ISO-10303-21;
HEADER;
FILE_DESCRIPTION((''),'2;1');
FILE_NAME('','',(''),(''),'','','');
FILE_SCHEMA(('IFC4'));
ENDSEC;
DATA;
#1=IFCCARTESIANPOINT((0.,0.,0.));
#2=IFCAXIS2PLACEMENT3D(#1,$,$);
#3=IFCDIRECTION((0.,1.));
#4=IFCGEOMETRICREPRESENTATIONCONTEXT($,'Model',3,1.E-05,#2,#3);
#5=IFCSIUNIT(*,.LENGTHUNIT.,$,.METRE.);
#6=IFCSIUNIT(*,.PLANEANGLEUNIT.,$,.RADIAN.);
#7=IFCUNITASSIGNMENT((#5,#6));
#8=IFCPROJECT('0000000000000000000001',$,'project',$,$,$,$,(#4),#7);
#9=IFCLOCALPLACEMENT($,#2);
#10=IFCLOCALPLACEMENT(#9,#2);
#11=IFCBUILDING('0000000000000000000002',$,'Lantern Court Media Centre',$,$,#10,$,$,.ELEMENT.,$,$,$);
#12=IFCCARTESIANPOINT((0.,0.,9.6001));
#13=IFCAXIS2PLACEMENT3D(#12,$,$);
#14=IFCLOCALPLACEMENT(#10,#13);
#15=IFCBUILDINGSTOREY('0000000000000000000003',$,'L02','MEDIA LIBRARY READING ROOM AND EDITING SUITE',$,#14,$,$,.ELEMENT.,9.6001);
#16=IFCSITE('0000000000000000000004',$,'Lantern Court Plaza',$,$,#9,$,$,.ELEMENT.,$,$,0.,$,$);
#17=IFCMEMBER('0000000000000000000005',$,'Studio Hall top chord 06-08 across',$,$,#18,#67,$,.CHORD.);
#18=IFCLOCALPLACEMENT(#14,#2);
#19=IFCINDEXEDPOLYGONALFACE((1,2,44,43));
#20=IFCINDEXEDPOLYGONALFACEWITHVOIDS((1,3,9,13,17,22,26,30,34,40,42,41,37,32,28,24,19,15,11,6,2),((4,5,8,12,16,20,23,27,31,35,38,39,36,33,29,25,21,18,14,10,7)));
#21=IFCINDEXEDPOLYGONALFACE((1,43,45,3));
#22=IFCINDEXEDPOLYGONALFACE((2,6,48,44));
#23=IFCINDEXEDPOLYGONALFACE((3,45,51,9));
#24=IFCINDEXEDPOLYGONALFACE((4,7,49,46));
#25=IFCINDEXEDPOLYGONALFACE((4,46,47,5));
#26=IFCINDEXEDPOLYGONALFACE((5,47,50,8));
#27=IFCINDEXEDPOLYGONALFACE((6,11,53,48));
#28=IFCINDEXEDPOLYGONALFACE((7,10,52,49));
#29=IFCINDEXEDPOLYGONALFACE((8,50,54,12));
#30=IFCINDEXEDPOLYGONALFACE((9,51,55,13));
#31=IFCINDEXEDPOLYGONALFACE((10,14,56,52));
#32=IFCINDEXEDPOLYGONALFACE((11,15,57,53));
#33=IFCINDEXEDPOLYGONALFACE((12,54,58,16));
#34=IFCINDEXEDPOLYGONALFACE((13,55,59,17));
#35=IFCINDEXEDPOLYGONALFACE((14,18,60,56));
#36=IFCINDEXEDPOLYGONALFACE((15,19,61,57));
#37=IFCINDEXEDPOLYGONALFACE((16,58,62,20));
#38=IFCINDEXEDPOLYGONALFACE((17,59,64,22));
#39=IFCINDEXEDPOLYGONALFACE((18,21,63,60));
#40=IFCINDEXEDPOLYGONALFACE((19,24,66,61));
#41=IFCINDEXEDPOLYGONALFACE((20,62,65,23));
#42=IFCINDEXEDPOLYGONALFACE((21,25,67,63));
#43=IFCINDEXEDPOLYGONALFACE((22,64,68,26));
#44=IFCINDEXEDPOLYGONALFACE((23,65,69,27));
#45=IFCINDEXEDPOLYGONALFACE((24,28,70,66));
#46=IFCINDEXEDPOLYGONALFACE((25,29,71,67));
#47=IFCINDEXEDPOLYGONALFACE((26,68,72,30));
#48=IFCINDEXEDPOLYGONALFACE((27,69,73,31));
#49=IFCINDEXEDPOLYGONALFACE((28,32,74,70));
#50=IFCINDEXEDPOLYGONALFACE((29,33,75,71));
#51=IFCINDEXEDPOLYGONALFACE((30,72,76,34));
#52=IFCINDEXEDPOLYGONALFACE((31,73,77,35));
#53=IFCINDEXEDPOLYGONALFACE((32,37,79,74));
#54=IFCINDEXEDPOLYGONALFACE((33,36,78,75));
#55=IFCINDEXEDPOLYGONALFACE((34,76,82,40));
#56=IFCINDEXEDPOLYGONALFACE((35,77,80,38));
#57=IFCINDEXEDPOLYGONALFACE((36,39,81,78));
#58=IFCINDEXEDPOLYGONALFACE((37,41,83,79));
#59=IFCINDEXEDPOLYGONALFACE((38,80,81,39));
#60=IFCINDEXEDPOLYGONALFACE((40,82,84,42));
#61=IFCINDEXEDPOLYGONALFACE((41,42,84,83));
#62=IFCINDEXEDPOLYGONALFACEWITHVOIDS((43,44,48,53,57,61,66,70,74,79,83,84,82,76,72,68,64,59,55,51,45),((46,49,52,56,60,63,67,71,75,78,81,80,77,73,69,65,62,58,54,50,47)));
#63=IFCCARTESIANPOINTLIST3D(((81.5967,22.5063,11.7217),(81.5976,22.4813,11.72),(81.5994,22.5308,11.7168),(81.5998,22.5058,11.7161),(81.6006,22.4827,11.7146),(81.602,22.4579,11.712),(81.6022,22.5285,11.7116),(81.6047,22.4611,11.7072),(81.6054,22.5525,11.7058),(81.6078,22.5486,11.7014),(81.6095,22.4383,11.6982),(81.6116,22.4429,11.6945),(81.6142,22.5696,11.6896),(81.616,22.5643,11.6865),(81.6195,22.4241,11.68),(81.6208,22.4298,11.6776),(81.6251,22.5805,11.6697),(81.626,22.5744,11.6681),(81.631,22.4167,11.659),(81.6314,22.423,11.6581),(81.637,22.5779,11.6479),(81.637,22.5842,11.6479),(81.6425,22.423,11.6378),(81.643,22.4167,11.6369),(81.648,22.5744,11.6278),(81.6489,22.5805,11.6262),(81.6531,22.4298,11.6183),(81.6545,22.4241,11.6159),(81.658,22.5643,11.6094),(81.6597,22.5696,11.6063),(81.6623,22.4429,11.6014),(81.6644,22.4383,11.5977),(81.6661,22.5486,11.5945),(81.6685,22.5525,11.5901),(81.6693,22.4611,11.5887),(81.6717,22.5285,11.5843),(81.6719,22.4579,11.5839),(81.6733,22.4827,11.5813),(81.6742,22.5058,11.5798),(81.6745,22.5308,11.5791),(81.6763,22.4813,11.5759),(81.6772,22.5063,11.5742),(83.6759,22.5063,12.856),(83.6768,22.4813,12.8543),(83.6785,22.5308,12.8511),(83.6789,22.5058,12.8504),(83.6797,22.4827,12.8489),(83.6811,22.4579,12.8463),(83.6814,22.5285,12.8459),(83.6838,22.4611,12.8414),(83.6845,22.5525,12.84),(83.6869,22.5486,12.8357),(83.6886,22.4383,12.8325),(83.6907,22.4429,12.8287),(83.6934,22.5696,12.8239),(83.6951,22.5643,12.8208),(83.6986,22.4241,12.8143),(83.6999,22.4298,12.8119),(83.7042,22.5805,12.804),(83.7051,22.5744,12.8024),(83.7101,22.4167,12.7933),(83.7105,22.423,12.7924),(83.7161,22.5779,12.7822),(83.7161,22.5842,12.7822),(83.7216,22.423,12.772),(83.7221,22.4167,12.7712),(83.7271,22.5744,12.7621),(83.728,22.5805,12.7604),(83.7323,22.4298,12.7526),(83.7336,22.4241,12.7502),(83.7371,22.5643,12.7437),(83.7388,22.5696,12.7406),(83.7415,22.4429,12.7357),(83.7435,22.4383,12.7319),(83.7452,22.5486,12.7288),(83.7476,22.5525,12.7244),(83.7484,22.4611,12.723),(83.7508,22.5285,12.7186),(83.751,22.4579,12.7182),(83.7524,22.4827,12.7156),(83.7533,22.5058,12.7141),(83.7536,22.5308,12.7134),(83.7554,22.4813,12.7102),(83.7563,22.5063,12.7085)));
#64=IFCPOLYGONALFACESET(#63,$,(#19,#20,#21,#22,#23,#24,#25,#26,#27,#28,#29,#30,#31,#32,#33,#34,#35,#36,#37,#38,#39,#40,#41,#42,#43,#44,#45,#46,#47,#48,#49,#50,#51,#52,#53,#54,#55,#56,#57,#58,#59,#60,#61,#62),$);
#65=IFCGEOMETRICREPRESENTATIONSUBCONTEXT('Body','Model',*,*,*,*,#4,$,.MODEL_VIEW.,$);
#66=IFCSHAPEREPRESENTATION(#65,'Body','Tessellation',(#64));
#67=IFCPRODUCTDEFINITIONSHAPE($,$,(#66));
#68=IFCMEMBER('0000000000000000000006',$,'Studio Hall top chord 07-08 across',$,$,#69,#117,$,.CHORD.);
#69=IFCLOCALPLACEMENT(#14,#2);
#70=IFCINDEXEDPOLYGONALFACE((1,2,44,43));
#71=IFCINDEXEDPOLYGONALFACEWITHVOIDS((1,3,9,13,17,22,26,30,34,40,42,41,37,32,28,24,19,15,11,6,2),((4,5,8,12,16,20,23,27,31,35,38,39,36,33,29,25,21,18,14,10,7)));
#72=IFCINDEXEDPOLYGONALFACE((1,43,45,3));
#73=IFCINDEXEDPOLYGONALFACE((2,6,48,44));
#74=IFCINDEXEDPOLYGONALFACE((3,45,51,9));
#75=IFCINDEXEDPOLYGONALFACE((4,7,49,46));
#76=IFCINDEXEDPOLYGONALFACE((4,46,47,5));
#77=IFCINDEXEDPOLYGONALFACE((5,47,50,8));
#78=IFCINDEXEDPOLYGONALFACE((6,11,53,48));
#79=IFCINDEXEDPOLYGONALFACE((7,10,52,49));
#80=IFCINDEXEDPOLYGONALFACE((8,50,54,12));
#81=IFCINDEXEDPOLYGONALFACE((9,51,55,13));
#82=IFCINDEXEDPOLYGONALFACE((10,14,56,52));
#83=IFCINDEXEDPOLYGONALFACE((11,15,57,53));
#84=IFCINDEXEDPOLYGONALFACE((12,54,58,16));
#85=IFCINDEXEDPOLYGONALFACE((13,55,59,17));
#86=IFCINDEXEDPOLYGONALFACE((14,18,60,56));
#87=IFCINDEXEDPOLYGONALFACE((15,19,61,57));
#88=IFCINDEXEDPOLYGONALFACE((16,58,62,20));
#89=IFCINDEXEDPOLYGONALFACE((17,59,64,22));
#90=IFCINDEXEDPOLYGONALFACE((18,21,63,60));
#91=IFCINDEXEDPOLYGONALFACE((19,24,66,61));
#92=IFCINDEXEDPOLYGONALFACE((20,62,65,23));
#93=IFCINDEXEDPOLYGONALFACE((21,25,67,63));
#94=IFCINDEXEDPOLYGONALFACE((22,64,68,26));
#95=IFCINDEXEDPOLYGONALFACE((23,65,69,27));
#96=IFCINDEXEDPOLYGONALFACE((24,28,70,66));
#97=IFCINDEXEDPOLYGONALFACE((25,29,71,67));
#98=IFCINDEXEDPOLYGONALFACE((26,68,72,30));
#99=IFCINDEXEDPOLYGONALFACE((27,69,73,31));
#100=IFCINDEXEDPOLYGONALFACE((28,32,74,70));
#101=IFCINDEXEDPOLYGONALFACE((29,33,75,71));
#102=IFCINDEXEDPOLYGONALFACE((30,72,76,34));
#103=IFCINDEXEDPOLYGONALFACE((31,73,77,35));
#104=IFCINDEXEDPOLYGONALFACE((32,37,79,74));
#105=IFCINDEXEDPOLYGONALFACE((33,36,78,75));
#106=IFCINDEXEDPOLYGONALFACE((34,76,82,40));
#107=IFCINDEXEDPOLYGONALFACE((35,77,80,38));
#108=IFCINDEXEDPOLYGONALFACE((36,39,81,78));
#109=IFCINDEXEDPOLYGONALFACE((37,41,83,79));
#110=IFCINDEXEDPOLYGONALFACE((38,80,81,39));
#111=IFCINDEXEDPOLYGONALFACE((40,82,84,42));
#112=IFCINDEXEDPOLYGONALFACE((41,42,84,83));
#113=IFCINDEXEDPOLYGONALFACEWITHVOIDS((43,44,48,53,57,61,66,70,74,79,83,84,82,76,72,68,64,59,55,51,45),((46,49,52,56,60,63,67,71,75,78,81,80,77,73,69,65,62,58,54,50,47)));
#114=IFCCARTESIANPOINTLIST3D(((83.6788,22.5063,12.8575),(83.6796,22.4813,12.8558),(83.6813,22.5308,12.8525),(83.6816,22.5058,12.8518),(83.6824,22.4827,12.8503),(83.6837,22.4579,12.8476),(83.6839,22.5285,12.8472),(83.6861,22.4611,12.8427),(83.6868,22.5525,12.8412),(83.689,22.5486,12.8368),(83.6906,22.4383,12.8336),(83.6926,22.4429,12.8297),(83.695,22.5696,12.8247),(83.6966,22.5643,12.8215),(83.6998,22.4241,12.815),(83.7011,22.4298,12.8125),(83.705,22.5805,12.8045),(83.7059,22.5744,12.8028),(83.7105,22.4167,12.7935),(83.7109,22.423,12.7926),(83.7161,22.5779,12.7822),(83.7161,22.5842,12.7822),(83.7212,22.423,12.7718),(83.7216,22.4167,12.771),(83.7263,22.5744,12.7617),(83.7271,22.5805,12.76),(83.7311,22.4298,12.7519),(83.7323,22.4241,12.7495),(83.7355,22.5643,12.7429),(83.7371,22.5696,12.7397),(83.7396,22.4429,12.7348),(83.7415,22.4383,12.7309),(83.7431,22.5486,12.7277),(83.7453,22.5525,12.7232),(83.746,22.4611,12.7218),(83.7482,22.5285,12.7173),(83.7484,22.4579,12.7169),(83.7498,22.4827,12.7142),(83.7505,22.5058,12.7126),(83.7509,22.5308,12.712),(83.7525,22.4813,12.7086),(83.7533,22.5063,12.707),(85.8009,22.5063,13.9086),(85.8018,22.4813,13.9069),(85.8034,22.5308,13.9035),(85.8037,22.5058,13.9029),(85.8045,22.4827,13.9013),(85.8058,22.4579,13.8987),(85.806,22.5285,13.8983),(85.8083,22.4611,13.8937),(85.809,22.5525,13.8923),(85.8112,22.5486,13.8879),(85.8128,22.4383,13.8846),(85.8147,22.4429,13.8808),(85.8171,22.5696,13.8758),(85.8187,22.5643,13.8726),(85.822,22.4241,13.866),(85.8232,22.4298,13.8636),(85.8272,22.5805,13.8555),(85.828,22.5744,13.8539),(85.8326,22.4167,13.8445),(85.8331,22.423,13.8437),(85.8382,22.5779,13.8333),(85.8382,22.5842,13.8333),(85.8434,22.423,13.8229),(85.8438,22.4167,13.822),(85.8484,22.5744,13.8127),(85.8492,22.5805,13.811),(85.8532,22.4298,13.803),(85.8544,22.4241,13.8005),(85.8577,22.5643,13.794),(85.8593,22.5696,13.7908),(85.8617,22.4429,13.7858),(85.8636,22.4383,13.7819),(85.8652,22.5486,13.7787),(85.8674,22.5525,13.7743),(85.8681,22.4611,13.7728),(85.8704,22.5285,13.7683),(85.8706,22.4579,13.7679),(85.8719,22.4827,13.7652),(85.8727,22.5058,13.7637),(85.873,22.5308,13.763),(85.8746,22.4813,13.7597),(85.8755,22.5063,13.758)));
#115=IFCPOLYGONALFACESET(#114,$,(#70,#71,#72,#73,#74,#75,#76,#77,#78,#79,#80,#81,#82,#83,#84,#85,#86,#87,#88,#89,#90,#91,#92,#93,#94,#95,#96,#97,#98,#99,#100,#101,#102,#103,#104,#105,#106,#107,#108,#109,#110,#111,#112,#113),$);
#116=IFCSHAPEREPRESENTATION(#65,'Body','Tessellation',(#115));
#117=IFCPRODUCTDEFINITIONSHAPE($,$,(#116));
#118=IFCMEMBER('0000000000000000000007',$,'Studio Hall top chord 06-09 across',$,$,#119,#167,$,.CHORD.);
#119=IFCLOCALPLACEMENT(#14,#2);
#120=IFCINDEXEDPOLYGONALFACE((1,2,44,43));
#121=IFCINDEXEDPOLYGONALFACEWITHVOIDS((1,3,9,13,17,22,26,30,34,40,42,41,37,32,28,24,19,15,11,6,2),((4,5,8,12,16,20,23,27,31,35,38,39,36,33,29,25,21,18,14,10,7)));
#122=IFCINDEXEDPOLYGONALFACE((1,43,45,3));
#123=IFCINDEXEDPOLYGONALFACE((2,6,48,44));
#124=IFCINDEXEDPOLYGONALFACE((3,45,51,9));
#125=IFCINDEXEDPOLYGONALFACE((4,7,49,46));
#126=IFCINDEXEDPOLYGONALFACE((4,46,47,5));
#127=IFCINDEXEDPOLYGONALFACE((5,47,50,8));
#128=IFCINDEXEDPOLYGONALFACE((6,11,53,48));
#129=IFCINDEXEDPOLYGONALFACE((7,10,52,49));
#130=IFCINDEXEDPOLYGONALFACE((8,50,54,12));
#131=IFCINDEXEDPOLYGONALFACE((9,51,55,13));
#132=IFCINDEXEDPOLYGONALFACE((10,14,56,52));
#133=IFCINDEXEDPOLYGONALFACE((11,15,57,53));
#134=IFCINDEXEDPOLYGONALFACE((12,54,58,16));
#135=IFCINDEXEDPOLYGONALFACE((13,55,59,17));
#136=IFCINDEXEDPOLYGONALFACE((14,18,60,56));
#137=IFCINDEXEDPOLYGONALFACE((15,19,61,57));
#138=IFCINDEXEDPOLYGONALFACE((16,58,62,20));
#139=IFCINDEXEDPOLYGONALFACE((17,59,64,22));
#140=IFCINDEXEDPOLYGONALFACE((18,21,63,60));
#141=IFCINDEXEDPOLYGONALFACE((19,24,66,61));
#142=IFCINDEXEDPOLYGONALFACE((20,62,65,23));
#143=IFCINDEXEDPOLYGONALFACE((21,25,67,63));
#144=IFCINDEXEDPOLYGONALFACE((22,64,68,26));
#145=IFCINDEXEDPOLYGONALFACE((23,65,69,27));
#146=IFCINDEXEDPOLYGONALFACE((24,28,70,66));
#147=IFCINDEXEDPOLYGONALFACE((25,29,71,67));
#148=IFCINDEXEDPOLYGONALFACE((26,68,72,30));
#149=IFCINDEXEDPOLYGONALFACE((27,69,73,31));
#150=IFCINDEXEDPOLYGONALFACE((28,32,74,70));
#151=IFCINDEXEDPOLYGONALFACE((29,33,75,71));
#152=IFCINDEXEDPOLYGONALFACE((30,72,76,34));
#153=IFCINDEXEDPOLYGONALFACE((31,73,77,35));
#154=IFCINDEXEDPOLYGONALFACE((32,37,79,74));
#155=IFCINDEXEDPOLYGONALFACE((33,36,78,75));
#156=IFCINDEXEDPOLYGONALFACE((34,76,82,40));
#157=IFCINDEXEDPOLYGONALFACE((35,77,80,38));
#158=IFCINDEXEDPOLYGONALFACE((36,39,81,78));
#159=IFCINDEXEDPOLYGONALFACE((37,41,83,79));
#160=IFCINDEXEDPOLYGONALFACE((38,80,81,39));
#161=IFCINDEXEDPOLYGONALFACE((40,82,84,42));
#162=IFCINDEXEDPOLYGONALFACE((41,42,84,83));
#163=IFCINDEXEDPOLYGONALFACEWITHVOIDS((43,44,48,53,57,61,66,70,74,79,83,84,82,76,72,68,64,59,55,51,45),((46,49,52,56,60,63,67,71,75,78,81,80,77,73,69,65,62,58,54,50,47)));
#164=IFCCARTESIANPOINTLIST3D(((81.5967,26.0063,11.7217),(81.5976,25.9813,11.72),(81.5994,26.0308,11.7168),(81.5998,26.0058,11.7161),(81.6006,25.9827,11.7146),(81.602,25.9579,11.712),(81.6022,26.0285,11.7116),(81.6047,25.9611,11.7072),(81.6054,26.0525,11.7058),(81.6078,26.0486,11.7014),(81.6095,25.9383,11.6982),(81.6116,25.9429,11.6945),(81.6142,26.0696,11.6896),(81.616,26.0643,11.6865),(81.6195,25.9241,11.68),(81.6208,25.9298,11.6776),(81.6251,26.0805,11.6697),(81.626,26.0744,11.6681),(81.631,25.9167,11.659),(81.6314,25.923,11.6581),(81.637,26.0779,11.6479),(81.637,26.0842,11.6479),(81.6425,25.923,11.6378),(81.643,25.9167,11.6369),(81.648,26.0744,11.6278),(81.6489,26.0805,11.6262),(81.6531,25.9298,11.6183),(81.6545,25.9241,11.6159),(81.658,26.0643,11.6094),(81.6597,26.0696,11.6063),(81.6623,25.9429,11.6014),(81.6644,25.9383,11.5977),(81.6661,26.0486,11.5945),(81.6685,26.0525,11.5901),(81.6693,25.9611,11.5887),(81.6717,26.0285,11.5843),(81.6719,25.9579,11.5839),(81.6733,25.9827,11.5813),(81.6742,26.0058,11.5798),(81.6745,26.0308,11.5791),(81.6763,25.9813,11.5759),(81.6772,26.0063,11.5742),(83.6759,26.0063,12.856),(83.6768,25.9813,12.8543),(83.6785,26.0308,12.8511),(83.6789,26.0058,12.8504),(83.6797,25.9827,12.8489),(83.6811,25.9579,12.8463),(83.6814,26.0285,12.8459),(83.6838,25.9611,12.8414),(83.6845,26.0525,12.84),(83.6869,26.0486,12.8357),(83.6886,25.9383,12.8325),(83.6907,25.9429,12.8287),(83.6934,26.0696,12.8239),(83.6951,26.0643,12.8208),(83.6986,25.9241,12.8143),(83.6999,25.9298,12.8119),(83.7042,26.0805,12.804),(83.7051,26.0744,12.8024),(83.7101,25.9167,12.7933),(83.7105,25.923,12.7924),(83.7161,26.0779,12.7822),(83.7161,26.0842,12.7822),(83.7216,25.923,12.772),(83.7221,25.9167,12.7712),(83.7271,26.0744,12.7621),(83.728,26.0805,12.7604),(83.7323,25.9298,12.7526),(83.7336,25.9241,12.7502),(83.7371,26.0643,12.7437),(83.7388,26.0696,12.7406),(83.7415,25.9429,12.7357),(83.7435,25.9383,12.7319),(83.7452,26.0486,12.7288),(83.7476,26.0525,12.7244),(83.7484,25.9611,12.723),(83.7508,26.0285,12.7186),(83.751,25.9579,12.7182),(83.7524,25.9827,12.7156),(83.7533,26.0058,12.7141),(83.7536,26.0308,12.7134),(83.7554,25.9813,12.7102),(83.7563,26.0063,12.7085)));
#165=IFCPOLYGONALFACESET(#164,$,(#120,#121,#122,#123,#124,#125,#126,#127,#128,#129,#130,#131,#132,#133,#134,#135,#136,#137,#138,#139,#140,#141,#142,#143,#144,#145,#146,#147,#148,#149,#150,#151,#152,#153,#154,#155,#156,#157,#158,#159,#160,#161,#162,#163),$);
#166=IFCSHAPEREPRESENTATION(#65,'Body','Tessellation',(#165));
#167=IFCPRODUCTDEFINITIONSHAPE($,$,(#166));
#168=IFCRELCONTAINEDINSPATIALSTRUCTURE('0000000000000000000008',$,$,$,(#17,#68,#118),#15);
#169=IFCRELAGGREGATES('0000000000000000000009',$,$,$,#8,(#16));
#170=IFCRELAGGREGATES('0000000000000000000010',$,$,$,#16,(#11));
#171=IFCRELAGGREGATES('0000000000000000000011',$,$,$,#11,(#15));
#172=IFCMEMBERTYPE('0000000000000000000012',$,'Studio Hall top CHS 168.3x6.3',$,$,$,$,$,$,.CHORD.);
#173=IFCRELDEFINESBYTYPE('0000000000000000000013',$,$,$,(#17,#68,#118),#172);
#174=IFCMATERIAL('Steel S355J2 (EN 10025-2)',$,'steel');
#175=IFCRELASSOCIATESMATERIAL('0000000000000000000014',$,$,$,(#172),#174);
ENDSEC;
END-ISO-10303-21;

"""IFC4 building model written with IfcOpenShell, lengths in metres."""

from ifc_helpers import new_model, si_unit, direction, frame, origin, origin_2d, place, context, subcontext, project, spatial, hollow_circle, extrude, material, material_profile, profile_set, type_object, element, save


model = new_model("IFC4")

# Units and contexts
model_context = context("Model", 3, precision=1e-05, world=origin(), true_north=direction((0.0, 1.0)))
body_context = subcontext(model_context, "Body", "Model", "MODEL_VIEW")
ifc_project = project(units=[si_unit("LENGTHUNIT", "METRE"), si_unit("PLANEANGLEUNIT", "RADIAN")], contexts=[model_context])

# Site, building, storey
site_placement = place(None, origin())
site = spatial("IfcSite", under=ifc_project, at=site_placement, Name="Lantern Court Plaza", CompositionType="ELEMENT", RefElevation=0.0)
building_placement = place(site_placement, origin())
building = spatial("IfcBuilding", under=site, at=building_placement, Name="Lantern Court Media Centre", CompositionType="ELEMENT")
storey_placement = place(building_placement, frame((0.0, 0.0, 9.6001)))
storey = spatial("IfcBuildingStorey", under=building, at=storey_placement, Name="L02", Description="MEDIA LIBRARY READING ROOM AND EDITING SUITE", CompositionType="ELEMENT", Elevation=9.6001)

# Members
ifc_material = material(Name="Steel S355J2 (EN 10025-2)", Category="steel")
ifc_material_profile_1 = material_profile(ifc_material, hollow_circle(Radius=0.0842, WallThickness=0.0063, at=origin_2d()), Name="Studio Hall top CHS 168.3x6.3")
ifc_profile_set_1 = profile_set([ifc_material_profile_1], Name="Steel S355J2 (EN 10025-2)")
member_type_1 = type_object("IfcMemberType", Name="Studio Hall top CHS 168.3x6.3", PredefinedType="CHORD", material=ifc_profile_set_1)
member_1_placement = place(storey_placement, frame((81.637, 22.5, 11.6479), z_axis=(0.877856, 0.0, 0.478924), x_axis=(0.0, 1.0, 0.0)))
element("IfcMember", 1, at=member_1_placement, inside=storey, type_object=member_type_1, Name="Studio Hall top chord 06-08 across", PredefinedType="CHORD", context=body_context, shape_type="SweptSolid", body=[
    extrude(hollow_circle(Radius=0.0842, WallThickness=0.0063, at=origin_2d()), origin(), (0.0, 0.0, 1.0), 2.3684),
])
member_2_placement = place(storey_placement, frame((83.7161, 22.5, 12.7822), z_axis=(0.896112, 0.0, 0.443829), x_axis=(0.0, 1.0, 0.0)))
element("IfcMember", 2, at=member_2_placement, inside=storey, type_object=member_type_1, Name="Studio Hall top chord 07-08 across", PredefinedType="CHORD", context=body_context, shape_type="SweptSolid", body=[
    extrude(hollow_circle(Radius=0.0842, WallThickness=0.0063, at=origin_2d()), origin(), (0.0, 0.0, 1.0), 2.3682),
])
member_3_placement = place(storey_placement, frame((81.637, 26.0, 11.6479), z_axis=(0.877856, 0.0, 0.478924), x_axis=(0.0, 1.0, 0.0)))
element("IfcMember", 3, at=member_3_placement, inside=storey, type_object=member_type_1, Name="Studio Hall top chord 06-09 across", PredefinedType="CHORD", context=body_context, shape_type="SweptSolid", body=[
    extrude(hollow_circle(Radius=0.0842, WallThickness=0.0063, at=origin_2d()), origin(), (0.0, 0.0, 1.0), 2.3684),
])

save(model, "model.ifc")
